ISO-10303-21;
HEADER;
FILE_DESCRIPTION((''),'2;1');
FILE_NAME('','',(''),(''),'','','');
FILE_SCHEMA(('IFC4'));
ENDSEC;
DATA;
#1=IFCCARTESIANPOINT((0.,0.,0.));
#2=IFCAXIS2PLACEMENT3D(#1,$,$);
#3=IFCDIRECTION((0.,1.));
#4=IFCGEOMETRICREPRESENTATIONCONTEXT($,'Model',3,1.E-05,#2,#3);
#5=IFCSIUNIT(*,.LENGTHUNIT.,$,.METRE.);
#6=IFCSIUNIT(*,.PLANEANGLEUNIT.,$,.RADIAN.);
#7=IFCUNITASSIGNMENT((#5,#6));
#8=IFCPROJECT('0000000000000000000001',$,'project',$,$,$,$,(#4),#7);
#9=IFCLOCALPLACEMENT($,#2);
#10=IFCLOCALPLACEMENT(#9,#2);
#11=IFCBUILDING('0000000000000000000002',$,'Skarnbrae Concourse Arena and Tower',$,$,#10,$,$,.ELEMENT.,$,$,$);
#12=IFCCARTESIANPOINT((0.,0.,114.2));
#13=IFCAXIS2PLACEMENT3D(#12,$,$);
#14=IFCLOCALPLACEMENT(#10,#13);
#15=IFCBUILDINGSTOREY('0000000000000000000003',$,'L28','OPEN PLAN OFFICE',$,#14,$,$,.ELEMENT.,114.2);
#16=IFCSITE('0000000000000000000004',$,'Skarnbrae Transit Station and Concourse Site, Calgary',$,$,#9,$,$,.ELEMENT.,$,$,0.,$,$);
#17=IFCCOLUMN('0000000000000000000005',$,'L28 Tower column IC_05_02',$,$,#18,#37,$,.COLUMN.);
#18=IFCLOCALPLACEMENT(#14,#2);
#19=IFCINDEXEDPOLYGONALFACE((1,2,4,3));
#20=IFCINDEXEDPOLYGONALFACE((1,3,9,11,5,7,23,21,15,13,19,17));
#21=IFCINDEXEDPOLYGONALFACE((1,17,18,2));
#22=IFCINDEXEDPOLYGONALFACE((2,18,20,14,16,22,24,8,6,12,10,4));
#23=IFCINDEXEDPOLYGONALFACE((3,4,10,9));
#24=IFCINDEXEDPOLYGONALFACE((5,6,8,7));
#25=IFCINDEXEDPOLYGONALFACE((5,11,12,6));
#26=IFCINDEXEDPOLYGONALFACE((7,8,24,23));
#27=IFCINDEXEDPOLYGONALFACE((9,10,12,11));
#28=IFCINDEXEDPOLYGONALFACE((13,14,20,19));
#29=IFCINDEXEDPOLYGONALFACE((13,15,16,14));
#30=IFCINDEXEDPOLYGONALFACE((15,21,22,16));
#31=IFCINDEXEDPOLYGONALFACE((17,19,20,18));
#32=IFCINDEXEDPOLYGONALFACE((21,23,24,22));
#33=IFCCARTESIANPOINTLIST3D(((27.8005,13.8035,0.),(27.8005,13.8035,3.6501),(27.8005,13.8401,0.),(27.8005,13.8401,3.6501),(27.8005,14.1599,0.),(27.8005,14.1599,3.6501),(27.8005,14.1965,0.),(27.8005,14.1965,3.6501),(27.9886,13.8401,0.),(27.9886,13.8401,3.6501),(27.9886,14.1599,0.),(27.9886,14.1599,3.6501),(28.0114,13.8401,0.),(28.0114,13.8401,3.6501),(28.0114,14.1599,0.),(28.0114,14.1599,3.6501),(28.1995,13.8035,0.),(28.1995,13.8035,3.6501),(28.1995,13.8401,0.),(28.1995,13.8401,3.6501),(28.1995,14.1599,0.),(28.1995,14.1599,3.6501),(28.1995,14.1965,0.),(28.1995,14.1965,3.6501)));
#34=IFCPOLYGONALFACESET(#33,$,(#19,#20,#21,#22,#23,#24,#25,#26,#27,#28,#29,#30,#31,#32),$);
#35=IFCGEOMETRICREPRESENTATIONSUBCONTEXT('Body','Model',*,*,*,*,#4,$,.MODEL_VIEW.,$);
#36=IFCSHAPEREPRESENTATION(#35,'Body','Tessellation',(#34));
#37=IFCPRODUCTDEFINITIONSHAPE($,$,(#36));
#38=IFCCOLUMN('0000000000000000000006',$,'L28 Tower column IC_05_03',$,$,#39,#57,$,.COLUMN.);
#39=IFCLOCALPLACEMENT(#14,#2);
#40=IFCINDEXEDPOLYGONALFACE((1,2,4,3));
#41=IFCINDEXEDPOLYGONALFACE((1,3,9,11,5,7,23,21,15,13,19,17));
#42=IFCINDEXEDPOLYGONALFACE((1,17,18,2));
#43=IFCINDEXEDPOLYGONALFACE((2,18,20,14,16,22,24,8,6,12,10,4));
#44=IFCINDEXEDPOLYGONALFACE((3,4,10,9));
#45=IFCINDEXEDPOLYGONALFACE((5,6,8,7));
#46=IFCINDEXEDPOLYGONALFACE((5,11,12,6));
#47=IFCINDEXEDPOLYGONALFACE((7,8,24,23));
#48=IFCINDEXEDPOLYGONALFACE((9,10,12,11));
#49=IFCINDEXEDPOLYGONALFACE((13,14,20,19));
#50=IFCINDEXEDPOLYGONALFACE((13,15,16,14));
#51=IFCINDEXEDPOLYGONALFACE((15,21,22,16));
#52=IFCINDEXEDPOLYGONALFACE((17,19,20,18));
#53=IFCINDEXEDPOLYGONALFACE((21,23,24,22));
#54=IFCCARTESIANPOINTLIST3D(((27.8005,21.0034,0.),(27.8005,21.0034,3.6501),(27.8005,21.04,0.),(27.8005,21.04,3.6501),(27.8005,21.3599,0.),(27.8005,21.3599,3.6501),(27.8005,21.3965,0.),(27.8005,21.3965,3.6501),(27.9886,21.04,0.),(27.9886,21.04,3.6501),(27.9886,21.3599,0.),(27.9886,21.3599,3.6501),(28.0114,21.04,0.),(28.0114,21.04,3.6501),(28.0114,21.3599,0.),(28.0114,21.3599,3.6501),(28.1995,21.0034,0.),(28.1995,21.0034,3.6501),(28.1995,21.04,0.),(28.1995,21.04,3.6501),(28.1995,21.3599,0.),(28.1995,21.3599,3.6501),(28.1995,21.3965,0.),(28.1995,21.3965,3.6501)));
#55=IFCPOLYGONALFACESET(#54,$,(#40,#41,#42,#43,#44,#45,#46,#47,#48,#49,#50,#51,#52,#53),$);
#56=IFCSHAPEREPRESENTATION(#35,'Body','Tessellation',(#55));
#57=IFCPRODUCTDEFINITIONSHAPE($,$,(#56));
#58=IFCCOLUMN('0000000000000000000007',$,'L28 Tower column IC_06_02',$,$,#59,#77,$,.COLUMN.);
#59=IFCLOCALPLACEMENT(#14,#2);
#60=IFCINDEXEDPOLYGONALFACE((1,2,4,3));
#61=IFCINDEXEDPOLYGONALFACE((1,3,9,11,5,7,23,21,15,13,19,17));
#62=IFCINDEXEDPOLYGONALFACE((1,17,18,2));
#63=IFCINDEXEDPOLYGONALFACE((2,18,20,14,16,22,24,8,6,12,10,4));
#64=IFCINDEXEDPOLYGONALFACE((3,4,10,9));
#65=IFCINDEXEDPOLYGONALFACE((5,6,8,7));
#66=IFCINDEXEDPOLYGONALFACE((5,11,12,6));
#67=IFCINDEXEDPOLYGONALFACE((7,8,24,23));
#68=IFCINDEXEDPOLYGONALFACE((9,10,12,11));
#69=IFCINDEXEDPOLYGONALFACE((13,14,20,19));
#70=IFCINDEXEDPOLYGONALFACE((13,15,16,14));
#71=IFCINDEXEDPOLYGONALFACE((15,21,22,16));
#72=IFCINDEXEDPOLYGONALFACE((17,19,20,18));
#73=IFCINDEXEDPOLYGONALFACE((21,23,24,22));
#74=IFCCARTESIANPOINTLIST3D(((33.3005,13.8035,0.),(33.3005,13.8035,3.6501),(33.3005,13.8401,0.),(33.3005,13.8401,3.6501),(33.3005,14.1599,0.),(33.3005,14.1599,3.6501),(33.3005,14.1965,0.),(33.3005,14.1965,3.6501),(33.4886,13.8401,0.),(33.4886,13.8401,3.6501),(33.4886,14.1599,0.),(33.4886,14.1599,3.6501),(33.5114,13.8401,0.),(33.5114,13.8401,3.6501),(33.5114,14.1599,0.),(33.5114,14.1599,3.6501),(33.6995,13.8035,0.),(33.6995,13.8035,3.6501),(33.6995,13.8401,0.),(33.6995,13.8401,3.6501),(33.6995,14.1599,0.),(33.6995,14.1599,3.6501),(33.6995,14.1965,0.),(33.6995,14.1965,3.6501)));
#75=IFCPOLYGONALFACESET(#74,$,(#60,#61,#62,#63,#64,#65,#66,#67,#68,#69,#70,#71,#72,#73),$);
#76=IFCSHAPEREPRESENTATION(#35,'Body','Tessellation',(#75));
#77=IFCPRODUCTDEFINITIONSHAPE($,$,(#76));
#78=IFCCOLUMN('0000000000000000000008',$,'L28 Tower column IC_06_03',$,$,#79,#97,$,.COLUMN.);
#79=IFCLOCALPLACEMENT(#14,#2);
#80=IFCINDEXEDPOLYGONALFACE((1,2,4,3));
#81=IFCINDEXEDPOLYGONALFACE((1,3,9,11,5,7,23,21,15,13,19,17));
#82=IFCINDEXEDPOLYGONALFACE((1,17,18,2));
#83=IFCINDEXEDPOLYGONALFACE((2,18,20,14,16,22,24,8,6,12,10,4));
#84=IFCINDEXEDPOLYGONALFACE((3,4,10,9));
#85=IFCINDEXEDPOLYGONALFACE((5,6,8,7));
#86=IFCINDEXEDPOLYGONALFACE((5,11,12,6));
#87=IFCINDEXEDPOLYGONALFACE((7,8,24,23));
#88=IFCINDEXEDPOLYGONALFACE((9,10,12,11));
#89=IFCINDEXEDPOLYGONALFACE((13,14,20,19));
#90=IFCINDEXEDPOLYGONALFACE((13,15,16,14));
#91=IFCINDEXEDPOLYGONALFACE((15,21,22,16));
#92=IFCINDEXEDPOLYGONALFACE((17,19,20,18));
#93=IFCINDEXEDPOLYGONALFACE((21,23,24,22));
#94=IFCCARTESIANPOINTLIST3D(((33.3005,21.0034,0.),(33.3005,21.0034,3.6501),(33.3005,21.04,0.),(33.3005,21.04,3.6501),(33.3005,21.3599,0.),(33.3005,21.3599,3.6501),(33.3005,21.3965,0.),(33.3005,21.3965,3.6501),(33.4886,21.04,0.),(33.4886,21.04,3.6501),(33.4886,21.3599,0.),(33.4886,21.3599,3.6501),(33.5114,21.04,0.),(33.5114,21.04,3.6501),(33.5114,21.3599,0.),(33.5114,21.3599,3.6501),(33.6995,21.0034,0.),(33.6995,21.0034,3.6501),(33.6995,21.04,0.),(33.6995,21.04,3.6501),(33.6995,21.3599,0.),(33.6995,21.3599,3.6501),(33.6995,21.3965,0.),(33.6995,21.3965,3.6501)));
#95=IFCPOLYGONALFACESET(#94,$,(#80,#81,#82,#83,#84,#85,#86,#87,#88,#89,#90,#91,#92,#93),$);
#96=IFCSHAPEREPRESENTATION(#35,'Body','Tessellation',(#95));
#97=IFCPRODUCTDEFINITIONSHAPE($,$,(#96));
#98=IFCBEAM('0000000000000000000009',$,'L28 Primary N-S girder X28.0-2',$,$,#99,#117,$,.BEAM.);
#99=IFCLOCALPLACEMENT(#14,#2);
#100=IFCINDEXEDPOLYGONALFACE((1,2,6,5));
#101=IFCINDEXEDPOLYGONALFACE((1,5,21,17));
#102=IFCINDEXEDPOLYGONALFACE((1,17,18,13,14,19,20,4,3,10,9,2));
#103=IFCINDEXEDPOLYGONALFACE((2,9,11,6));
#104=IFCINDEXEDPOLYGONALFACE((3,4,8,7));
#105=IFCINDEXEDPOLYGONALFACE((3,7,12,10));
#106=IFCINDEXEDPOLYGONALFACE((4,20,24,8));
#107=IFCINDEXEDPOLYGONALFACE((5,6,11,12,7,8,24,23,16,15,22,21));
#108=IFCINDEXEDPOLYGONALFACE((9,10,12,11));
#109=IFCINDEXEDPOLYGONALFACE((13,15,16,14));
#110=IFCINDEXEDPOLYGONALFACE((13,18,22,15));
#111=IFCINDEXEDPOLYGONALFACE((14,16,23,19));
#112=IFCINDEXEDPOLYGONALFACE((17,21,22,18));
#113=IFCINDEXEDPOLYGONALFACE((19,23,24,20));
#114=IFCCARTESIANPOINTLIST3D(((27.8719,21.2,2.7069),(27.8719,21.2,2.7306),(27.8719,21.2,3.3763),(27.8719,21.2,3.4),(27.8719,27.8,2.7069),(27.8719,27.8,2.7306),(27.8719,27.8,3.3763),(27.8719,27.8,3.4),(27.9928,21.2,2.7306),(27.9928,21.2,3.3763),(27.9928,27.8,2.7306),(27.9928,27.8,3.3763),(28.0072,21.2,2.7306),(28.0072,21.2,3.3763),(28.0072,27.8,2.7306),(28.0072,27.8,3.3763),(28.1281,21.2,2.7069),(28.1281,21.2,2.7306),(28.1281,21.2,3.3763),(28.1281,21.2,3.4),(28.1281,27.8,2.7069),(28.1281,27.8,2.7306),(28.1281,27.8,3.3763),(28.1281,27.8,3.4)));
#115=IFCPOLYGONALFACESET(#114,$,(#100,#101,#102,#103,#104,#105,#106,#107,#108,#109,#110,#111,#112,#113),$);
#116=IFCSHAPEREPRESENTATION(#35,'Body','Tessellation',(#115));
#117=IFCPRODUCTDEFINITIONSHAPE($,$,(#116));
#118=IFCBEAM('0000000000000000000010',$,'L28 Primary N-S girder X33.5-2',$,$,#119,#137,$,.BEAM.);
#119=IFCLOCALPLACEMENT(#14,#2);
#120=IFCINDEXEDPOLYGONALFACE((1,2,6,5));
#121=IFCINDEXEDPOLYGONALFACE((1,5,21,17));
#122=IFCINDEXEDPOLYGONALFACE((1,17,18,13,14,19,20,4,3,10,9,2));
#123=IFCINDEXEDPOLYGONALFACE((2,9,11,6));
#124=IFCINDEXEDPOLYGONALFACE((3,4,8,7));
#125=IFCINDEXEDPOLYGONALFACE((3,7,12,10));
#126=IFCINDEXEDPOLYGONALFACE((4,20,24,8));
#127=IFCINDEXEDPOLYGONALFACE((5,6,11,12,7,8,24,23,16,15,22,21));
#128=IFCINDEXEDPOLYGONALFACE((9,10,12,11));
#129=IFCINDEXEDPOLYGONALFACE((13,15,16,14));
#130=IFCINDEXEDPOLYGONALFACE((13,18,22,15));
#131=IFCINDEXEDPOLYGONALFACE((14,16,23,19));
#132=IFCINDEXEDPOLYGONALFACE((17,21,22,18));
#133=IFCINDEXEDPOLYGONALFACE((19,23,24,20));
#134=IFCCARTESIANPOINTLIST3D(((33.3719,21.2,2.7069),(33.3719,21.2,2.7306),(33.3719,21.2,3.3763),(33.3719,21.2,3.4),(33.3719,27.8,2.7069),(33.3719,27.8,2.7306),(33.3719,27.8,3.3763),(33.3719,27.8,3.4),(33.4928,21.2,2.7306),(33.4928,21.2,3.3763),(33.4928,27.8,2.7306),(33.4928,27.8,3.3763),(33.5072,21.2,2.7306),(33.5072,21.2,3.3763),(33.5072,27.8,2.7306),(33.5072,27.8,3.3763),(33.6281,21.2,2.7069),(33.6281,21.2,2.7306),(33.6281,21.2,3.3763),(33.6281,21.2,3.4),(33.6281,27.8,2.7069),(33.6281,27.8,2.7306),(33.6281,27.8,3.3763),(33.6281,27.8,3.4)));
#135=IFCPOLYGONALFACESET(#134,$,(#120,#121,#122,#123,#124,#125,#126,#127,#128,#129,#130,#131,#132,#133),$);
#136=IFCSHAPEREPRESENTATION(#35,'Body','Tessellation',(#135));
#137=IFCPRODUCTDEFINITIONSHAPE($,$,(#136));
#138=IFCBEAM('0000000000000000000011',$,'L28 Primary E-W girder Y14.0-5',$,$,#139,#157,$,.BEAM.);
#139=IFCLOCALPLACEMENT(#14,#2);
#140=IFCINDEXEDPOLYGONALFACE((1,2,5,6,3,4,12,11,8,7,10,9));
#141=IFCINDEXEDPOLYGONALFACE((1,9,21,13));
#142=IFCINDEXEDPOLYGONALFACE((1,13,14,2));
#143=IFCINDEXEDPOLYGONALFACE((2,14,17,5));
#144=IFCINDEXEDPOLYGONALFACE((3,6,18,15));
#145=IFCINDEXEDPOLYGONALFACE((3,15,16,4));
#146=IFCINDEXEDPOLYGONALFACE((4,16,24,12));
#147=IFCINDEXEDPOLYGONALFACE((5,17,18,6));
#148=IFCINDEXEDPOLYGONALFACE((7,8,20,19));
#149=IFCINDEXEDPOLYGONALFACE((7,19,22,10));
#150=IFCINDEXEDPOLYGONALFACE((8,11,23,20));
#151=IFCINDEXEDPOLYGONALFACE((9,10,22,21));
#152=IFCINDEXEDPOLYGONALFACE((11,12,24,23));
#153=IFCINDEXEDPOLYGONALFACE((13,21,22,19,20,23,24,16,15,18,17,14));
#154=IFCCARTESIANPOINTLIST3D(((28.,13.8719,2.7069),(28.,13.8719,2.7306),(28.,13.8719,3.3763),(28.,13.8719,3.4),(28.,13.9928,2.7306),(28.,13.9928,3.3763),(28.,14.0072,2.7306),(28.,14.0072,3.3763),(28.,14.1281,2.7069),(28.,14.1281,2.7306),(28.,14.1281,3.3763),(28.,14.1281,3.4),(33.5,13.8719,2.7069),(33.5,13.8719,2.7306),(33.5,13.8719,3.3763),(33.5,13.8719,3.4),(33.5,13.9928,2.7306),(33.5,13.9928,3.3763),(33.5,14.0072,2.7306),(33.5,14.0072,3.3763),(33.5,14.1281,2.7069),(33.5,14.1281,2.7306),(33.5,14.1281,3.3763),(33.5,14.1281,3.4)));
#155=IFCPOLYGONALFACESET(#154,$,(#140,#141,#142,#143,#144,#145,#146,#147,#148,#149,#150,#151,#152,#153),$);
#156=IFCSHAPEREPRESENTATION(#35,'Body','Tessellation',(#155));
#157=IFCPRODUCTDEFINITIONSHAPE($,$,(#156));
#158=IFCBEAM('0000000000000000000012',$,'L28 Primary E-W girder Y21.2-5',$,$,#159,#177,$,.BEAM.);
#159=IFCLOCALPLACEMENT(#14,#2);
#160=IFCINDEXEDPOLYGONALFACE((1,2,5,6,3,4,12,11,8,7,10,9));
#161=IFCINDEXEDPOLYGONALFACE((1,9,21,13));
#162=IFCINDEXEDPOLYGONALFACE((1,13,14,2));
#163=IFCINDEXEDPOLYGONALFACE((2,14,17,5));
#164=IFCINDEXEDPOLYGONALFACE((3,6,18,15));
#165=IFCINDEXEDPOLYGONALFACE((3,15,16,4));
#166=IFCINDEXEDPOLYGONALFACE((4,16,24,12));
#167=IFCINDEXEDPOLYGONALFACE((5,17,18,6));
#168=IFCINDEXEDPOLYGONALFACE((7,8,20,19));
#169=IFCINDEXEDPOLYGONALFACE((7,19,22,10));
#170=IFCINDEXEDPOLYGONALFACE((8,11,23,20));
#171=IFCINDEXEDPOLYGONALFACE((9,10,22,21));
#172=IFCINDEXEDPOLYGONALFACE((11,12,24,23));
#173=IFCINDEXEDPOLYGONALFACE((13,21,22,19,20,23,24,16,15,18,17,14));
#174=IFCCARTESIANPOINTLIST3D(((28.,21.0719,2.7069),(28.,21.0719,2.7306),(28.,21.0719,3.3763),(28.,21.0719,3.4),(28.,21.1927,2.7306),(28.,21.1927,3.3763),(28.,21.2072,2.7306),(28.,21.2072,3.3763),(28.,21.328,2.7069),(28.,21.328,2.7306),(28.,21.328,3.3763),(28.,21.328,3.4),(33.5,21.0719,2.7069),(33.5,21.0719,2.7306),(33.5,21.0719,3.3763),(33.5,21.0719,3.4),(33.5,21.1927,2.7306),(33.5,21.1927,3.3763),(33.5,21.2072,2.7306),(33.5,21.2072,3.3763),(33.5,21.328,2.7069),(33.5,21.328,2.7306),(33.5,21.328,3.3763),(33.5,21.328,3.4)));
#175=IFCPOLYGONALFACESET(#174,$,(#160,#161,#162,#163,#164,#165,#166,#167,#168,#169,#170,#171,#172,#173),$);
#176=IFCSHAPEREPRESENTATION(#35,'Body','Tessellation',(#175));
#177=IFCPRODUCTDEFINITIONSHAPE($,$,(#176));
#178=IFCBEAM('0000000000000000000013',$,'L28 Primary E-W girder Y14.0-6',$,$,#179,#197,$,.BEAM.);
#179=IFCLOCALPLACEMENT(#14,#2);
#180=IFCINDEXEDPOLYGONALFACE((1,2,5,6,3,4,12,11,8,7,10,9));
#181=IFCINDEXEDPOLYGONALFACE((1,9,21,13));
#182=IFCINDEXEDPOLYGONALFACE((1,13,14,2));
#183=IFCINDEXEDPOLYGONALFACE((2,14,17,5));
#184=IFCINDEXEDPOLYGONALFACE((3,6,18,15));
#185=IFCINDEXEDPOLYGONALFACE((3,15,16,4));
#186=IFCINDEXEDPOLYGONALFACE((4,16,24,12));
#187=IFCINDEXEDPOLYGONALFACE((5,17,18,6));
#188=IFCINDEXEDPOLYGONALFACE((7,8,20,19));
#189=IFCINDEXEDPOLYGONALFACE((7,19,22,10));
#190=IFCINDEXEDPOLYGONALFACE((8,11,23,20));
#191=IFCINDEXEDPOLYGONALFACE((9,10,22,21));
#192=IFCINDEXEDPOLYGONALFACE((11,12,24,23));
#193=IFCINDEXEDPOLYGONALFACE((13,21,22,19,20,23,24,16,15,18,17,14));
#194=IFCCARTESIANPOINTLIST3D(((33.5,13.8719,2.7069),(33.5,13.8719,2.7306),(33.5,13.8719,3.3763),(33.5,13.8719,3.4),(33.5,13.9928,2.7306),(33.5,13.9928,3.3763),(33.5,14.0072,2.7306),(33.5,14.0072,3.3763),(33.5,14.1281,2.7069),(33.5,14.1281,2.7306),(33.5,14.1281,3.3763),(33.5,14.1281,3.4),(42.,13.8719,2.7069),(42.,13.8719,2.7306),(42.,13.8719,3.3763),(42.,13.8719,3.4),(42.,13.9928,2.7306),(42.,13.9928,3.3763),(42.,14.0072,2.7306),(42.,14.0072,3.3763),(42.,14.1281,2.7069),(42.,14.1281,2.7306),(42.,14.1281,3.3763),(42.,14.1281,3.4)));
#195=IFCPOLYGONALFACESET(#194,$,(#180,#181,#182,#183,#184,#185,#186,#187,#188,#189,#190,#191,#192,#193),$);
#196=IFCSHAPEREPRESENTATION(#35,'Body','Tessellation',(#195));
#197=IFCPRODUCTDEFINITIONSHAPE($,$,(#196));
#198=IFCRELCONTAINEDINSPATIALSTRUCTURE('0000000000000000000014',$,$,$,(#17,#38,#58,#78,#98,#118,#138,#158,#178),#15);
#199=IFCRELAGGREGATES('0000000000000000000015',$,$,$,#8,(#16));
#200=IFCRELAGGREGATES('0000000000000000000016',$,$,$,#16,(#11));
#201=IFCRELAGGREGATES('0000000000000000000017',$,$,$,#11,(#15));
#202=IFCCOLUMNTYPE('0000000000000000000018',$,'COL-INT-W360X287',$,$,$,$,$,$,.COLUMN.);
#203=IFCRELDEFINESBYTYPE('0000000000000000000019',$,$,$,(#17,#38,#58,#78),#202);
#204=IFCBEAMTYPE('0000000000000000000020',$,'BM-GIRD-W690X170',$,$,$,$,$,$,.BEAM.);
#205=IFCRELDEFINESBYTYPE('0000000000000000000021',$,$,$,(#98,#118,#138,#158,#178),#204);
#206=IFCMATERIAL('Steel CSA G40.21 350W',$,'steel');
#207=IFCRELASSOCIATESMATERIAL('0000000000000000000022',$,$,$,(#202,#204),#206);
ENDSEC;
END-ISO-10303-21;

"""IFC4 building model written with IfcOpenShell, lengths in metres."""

from ifc_helpers import new_model, si_unit, direction, frame, origin, origin_2d, place, context, subcontext, project, spatial, i_section, extrude, source, transform, mapped, material, material_profile, profile_set, type_object, element, save


model = new_model("IFC4")

# Units and contexts
model_context = context("Model", 3, precision=1e-05, world=origin(), true_north=direction((0.0, 1.0)))
body_context = subcontext(model_context, "Body", "Model", "MODEL_VIEW")
ifc_project = project(units=[si_unit("LENGTHUNIT", "METRE"), si_unit("PLANEANGLEUNIT", "RADIAN")], contexts=[model_context])

# Site, building, storey
site_placement = place(None, origin())
site = spatial("IfcSite", under=ifc_project, at=site_placement, Name="Skarnbrae Transit Station and Concourse Site, Calgary", CompositionType="ELEMENT", RefElevation=0.0)
building_placement = place(site_placement, origin())
building = spatial("IfcBuilding", under=site, at=building_placement, Name="Skarnbrae Concourse Arena and Tower", CompositionType="ELEMENT")
storey_placement = place(building_placement, frame((0.0, 0.0, 114.2)))
storey = spatial("IfcBuildingStorey", under=building, at=storey_placement, Name="L28", Description="OPEN PLAN OFFICE", CompositionType="ELEMENT", Elevation=114.2)

# Columns
ifc_material_1 = material(Name="Steel CSA G40.21 350W", Category="steel")
ifc_material_profile_1 = material_profile(ifc_material_1, i_section(OverallWidth=0.3989, OverallDepth=0.3931, WebThickness=0.0227, FlangeThickness=0.0366, at=origin_2d()), Name="W360X287")
ifc_profile_set_1 = profile_set([ifc_material_profile_1], Name="Steel CSA G40.21 350W")
column_type = type_object("IfcColumnType", Name="COL-INT-W360X287", PredefinedType="COLUMN", material=ifc_profile_set_1)
shared_shape_1 = source(origin(), body_context, "Body", "SweptSolid", [
    extrude(i_section(OverallWidth=0.3989, OverallDepth=0.3931, WebThickness=0.0227, FlangeThickness=0.0366, at=origin_2d()), origin(), (0.0, 0.0, 1.0), 3.6501),
])
for number, where, z_axis, x_axis, name in (
    (1, (28.0, 14.0, 0.0), (0.0, 0.0, 1.0), (1.0, 0.0, 0.0), "L28 Tower column IC_05_02"),
    (2, (28.0, 21.2, 0.0), (0.0, 0.0, 1.0), (1.0, 0.0, 0.0), "L28 Tower column IC_05_03"),
    (3, (33.5, 14.0, 0.0), (0.0, 0.0, 1.0), (1.0, 0.0, 0.0), "L28 Tower column IC_06_02"),
    (4, (33.5, 21.2, 0.0), (0.0, 0.0, 1.0), (1.0, 0.0, 0.0), "L28 Tower column IC_06_03"),
):
    element("IfcColumn", number, at=place(storey_placement, frame(where, z_axis=z_axis, x_axis=x_axis)), inside=storey, type_object=column_type, Name=name, PredefinedType="COLUMN", context=body_context, shape_type="MappedRepresentation", body=[
        mapped(shared_shape_1, transform((0.0, 0.0, 0.0))),
    ])

# Beams
ifc_material_profile_2 = material_profile(ifc_material_1, i_section(OverallWidth=0.2561, OverallDepth=0.6931, WebThickness=0.0144, FlangeThickness=0.0237, at=origin_2d()), Name="W690X170")
ifc_profile_set_2 = profile_set([ifc_material_profile_2], Name="Steel CSA G40.21 350W")
beam_type_1 = type_object("IfcBeamType", Name="BM-GIRD-W690X170", PredefinedType="BEAM", material=ifc_profile_set_2)
shared_shape_2 = source(origin(), body_context, "Body", "SweptSolid", [
    extrude(i_section(OverallWidth=0.2561, OverallDepth=0.6931, WebThickness=0.0144, FlangeThickness=0.0237, at=origin_2d()), origin(), (0.0, 0.0, 1.0), 6.6001),
])
for number, where, z_axis, x_axis, name in (
    (5, (28.0, 21.2, 3.0535), (0.0, 1.0, 0.0), (-1.0, 0.0, 0.0), "L28 Primary N-S girder X28.0-2"),
    (6, (33.5, 21.2, 3.0535), (0.0, 1.0, 0.0), (-1.0, 0.0, 0.0), "L28 Primary N-S girder X33.5-2"),
):
    element("IfcBeam", number, at=place(storey_placement, frame(where, z_axis=z_axis, x_axis=x_axis)), inside=storey, type_object=beam_type_1, Name=name, PredefinedType="BEAM", context=body_context, shape_type="MappedRepresentation", body=[
        mapped(shared_shape_2, transform((0.0, 0.0, 0.0))),
    ])
shared_shape_3 = source(origin(), body_context, "Body", "SweptSolid", [
    extrude(i_section(OverallWidth=0.2561, OverallDepth=0.6931, WebThickness=0.0144, FlangeThickness=0.0237, at=origin_2d()), origin(), (0.0, 0.0, 1.0), 5.5),
])
for number, where, z_axis, x_axis, name in (
    (7, (28.0, 14.0, 3.0535), (1.0, 0.0, 0.0), (0.0, 1.0, 0.0), "L28 Primary E-W girder Y14.0-5"),
    (8, (28.0, 21.2, 3.0535), (1.0, 0.0, 0.0), (0.0, 1.0, 0.0), "L28 Primary E-W girder Y21.2-5"),
):
    element("IfcBeam", number, at=place(storey_placement, frame(where, z_axis=z_axis, x_axis=x_axis)), inside=storey, type_object=beam_type_1, Name=name, PredefinedType="BEAM", context=body_context, shape_type="MappedRepresentation", body=[
        mapped(shared_shape_3, transform((0.0, 0.0, 0.0))),
    ])
shared_shape_4 = source(origin(), body_context, "Body", "SweptSolid", [
    extrude(i_section(OverallWidth=0.2561, OverallDepth=0.6931, WebThickness=0.0144, FlangeThickness=0.0237, at=origin_2d()), origin(), (0.0, 0.0, 1.0), 8.5),
])
for number, where, z_axis, x_axis, name in (
    (9, (33.5, 14.0, 3.0535), (1.0, 0.0, 0.0), (0.0, 1.0, 0.0), "L28 Primary E-W girder Y14.0-6"),
):
    element("IfcBeam", number, at=place(storey_placement, frame(where, z_axis=z_axis, x_axis=x_axis)), inside=storey, type_object=beam_type_1, Name=name, PredefinedType="BEAM", context=body_context, shape_type="MappedRepresentation", body=[
        mapped(shared_shape_4, transform((0.0, 0.0, 0.0))),
    ])

save(model, "model.ifc")
